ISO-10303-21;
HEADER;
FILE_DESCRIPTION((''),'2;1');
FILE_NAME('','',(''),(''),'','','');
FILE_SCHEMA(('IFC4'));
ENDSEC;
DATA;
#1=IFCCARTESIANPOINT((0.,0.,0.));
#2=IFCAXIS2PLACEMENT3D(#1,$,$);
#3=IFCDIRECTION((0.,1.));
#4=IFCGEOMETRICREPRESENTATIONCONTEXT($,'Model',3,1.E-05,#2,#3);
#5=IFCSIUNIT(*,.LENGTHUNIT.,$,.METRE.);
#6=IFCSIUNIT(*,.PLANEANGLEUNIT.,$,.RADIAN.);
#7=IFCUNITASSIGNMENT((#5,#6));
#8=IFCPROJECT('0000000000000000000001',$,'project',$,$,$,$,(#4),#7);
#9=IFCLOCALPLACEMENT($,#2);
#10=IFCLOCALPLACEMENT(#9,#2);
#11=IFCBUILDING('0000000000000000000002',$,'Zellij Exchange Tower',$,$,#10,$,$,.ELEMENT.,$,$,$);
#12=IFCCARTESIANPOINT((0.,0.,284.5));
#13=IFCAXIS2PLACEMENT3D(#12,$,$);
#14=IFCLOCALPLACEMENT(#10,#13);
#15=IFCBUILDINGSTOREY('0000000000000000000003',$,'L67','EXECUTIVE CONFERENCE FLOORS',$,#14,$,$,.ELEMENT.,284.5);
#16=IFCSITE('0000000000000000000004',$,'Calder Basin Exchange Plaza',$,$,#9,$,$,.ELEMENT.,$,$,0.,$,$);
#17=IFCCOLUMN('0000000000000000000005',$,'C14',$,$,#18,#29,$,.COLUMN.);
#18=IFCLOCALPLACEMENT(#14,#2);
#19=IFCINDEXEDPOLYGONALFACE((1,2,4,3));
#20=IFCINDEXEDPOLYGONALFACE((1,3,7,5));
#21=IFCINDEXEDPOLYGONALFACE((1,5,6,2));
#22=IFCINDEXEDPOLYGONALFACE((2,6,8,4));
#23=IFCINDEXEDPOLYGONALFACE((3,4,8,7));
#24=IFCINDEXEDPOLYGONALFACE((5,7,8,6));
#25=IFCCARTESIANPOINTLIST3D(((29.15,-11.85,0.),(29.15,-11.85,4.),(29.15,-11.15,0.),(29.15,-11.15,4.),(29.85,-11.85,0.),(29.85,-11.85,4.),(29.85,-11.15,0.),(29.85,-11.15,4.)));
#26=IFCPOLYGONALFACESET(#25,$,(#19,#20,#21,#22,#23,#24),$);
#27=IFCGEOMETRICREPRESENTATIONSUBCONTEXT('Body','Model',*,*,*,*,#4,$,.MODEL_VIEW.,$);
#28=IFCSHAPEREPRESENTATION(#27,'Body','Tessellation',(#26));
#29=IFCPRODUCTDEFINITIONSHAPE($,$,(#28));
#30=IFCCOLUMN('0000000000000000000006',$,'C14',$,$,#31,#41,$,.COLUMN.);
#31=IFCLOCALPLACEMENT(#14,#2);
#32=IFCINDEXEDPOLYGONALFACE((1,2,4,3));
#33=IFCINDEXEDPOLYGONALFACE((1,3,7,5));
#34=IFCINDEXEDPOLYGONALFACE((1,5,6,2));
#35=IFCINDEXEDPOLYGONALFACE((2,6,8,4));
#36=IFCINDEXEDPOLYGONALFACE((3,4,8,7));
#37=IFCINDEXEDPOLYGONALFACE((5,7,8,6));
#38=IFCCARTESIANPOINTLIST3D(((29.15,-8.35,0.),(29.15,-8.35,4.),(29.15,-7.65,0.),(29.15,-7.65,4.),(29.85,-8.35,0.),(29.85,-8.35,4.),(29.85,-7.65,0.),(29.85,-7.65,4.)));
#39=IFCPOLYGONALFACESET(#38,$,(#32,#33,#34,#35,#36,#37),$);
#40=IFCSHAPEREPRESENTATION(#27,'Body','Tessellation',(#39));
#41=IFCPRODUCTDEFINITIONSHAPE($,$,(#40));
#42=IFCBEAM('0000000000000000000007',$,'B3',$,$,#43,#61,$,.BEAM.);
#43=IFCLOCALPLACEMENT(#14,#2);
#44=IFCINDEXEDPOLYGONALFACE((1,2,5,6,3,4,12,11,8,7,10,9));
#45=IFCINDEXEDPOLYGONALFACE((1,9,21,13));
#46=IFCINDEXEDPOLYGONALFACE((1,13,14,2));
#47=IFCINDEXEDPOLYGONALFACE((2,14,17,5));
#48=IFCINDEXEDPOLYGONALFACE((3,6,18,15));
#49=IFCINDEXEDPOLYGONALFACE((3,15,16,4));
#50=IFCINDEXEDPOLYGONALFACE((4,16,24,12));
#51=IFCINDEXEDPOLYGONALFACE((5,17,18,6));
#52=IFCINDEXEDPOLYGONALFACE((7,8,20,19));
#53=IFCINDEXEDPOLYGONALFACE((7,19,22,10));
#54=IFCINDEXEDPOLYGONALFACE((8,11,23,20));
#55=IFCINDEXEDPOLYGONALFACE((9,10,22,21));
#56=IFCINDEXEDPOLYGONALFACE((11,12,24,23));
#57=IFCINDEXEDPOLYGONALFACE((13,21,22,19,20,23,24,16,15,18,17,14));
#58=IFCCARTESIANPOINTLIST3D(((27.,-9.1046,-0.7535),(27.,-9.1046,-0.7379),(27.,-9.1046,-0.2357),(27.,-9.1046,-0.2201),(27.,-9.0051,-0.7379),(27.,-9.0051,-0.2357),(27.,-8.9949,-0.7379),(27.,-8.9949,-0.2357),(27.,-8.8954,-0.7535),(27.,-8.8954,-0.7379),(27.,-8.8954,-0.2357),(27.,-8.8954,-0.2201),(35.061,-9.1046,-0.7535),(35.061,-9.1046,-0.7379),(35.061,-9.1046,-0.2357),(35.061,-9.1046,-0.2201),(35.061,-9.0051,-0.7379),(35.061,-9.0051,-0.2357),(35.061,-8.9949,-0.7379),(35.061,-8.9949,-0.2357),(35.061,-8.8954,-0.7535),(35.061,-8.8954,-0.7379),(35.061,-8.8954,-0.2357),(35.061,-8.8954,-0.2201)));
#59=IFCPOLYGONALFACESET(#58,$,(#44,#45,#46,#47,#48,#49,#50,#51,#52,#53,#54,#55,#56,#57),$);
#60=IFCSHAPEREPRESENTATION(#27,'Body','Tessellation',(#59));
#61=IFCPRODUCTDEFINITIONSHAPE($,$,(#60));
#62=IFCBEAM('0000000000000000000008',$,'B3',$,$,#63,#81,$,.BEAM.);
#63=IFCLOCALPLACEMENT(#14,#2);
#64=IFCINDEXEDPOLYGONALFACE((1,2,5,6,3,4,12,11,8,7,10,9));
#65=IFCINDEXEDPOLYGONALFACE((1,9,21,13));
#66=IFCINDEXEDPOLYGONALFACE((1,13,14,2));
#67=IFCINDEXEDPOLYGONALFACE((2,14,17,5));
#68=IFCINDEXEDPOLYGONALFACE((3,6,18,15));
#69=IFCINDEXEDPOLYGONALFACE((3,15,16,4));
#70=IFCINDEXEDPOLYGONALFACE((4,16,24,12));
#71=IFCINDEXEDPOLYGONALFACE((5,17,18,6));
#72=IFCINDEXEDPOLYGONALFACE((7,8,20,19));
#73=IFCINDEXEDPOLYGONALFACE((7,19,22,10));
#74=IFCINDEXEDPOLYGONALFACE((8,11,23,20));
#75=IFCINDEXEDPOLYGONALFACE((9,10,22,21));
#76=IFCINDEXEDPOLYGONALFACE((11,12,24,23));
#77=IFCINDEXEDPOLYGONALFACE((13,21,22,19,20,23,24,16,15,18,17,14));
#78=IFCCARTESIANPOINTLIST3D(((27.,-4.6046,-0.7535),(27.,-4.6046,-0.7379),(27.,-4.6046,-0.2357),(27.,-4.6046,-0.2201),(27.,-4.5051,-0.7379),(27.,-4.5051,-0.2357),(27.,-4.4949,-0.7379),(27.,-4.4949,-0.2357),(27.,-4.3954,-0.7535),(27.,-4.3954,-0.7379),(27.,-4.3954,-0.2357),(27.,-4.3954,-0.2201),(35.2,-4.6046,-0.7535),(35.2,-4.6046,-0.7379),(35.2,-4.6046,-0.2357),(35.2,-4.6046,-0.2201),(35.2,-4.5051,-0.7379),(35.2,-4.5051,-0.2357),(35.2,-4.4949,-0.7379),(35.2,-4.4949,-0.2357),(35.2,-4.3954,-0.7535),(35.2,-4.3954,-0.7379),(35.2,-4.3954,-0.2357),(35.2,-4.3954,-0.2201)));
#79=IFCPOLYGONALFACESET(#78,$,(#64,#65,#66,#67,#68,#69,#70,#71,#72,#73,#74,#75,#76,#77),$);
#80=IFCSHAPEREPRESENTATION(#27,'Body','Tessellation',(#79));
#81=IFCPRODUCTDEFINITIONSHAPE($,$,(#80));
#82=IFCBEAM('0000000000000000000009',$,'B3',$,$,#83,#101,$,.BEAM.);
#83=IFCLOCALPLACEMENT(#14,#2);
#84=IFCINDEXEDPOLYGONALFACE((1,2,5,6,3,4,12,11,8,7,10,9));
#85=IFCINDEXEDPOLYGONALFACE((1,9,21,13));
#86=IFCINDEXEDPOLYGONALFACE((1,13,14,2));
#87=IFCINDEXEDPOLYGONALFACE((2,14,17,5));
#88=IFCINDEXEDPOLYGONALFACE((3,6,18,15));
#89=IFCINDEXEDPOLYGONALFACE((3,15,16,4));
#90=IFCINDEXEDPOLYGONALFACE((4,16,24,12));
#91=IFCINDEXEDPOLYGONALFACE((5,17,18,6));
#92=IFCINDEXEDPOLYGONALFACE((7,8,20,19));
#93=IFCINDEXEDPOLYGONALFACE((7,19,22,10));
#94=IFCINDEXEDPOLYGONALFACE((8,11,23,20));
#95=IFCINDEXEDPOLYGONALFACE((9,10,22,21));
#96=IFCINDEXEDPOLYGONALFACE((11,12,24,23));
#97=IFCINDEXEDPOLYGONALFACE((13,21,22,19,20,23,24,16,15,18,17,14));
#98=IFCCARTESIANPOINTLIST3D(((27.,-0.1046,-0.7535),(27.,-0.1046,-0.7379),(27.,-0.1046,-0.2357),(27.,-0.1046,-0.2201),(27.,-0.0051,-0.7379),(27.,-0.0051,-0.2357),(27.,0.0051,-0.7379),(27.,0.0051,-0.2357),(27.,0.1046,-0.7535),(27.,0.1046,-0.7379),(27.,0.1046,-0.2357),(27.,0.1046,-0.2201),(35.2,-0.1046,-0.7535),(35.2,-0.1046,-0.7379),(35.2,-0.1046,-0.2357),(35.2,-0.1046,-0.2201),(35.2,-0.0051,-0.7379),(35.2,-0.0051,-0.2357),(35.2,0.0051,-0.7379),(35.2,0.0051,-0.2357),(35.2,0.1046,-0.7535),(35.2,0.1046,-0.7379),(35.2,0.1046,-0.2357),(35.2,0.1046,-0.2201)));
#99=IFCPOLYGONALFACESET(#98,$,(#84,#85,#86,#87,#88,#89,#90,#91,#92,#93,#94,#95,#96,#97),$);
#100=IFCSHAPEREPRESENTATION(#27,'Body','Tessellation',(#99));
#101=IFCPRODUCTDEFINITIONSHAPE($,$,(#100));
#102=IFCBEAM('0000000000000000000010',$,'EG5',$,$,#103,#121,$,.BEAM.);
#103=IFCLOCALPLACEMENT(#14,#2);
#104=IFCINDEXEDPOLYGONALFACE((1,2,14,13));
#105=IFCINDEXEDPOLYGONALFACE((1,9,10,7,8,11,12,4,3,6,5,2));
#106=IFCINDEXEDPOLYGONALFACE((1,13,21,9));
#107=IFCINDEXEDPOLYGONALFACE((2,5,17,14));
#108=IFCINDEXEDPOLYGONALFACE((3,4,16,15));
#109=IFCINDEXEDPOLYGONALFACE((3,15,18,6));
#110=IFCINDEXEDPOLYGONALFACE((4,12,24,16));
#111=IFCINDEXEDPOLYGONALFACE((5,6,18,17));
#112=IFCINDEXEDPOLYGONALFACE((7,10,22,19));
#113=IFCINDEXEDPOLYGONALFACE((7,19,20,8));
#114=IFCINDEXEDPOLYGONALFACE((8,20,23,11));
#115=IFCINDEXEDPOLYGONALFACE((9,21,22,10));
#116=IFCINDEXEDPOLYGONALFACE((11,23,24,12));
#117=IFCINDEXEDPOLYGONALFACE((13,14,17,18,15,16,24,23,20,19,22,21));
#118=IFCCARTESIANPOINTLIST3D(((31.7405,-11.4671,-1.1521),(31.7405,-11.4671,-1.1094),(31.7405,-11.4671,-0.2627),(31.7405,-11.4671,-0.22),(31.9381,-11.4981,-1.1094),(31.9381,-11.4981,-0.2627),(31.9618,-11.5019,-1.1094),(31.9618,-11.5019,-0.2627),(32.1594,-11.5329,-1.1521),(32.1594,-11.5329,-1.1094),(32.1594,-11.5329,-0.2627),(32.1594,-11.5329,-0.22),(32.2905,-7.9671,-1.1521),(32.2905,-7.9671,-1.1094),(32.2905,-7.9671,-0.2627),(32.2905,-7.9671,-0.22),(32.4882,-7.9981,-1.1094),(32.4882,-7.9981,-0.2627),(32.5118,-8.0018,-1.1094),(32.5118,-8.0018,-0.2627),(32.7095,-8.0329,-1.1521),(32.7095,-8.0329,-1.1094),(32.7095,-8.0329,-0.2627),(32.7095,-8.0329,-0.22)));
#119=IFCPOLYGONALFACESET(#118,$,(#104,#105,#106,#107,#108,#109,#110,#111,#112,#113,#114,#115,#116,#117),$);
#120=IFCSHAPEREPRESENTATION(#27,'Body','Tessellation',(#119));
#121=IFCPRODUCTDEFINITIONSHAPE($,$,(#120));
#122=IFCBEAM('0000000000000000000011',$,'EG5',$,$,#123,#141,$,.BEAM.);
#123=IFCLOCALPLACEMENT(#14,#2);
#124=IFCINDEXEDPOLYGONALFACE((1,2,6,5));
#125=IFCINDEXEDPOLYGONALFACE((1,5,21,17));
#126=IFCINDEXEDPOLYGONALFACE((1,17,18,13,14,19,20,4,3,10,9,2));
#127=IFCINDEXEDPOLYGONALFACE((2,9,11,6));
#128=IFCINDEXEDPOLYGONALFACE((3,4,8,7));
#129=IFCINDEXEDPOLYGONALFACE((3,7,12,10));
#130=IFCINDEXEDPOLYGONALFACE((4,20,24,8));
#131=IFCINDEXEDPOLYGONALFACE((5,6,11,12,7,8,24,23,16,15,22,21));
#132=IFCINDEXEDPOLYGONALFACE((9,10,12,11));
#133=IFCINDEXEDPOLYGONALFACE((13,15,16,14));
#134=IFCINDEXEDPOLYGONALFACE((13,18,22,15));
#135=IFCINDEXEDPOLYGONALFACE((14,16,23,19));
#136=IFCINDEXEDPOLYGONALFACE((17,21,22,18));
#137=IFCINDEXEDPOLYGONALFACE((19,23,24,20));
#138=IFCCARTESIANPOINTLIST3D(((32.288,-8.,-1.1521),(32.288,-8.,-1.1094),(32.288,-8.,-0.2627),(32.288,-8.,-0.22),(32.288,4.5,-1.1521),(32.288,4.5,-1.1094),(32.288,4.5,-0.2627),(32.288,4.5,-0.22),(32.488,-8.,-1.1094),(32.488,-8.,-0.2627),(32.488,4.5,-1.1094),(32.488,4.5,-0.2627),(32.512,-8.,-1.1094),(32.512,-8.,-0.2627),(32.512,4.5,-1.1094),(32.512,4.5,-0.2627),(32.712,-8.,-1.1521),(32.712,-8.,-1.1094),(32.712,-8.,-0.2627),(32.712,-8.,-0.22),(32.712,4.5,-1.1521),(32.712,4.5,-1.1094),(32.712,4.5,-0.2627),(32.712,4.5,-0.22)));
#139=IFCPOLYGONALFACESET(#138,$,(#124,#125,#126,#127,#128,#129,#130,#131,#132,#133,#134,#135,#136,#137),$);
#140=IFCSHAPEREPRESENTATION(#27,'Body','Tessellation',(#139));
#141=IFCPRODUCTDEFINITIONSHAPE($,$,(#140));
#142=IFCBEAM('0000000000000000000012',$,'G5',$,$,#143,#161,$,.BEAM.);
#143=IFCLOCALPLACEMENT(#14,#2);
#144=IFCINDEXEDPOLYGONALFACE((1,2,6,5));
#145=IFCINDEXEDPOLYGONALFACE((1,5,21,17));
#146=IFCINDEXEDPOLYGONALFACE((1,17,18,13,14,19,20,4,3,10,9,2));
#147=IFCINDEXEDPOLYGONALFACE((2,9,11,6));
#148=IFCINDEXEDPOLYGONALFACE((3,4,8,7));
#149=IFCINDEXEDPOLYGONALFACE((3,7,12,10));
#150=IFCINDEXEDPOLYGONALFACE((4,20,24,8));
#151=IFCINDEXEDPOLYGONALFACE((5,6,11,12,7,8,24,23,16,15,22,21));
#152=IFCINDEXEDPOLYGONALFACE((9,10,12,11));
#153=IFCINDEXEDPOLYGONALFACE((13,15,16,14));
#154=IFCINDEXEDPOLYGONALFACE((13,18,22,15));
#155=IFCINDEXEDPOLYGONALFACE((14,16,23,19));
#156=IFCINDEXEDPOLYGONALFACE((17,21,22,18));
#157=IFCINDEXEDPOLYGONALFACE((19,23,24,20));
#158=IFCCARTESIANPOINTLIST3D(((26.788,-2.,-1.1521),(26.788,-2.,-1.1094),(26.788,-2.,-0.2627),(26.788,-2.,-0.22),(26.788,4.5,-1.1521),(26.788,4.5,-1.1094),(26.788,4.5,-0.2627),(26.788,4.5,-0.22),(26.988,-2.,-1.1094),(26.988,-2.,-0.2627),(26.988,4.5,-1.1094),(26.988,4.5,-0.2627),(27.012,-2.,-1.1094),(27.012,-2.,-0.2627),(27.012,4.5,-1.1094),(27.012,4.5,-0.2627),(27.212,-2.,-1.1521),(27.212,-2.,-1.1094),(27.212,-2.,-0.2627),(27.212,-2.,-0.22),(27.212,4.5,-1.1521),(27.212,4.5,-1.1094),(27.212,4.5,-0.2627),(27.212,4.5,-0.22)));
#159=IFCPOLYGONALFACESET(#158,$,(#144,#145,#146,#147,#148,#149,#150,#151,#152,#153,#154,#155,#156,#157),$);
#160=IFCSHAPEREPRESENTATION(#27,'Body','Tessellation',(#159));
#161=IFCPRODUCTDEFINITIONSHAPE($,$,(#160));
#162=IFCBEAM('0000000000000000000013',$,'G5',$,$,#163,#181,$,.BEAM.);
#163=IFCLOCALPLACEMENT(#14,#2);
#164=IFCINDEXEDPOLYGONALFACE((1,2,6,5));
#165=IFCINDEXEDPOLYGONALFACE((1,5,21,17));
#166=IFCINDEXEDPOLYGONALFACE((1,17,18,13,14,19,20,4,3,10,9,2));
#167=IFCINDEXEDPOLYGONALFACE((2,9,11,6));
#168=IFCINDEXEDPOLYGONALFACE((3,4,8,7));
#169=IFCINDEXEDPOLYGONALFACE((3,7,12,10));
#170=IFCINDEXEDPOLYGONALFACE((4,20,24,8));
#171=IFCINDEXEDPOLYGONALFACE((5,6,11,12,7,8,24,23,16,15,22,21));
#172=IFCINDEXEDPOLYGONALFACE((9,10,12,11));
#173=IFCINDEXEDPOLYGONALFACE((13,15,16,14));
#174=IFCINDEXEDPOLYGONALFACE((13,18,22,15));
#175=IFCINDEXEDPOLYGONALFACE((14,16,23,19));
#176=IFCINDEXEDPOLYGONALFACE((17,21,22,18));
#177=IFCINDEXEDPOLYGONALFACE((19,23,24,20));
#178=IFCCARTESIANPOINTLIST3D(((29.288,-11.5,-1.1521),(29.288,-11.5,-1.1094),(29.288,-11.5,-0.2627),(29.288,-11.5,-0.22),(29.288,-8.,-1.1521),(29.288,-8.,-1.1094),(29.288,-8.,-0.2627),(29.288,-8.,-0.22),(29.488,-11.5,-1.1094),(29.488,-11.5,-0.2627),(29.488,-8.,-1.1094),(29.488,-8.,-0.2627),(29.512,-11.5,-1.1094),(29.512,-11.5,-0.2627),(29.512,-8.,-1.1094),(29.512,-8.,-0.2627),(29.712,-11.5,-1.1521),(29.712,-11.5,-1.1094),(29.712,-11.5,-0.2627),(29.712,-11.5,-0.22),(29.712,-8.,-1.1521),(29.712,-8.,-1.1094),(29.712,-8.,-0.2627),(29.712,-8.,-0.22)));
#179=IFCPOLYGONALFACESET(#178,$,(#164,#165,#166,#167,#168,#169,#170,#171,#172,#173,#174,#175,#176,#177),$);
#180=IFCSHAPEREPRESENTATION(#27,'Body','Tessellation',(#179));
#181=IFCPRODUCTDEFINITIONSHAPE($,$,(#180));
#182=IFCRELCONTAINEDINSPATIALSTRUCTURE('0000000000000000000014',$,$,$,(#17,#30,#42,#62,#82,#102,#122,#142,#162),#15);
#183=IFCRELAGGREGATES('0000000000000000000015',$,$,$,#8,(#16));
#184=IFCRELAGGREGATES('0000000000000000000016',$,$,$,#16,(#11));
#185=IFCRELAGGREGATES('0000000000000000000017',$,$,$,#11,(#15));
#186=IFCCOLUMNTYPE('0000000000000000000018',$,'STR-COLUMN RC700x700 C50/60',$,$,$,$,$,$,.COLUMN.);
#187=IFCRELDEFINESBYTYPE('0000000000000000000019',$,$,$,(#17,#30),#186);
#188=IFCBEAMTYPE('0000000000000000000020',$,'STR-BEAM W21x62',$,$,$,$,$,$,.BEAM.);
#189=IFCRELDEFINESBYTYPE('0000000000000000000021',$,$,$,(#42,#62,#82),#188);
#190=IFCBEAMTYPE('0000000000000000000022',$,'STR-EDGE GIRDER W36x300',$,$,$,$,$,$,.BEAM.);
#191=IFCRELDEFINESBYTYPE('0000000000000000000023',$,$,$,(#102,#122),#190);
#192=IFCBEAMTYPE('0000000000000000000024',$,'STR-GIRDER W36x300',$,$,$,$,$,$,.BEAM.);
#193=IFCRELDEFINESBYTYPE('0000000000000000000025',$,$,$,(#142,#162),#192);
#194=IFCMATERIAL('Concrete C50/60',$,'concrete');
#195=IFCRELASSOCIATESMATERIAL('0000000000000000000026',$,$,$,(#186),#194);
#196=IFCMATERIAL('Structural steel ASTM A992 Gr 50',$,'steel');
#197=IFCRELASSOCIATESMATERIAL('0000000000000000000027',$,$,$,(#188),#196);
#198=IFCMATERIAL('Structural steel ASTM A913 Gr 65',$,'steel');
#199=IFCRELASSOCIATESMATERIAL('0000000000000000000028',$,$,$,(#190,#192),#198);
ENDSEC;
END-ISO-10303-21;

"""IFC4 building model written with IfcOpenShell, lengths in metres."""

from ifc_helpers import new_model, si_unit, direction, frame, origin, origin_2d, place, context, subcontext, project, spatial, rectangle, i_section, extrude, material, material_profile, profile_set, type_object, element, save


model = new_model("IFC4")

# Units and contexts
model_context = context("Model", 3, precision=1e-05, world=origin(), true_north=direction((0.0, 1.0)))
body_context = subcontext(model_context, "Body", "Model", "MODEL_VIEW")
ifc_project = project(units=[si_unit("LENGTHUNIT", "METRE"), si_unit("PLANEANGLEUNIT", "RADIAN")], contexts=[model_context])

# Site, building, storey
site_placement = place(None, origin())
site = spatial("IfcSite", under=ifc_project, at=site_placement, Name="Calder Basin Exchange Plaza", CompositionType="ELEMENT", RefElevation=0.0)
building_placement = place(site_placement, origin())
building = spatial("IfcBuilding", under=site, at=building_placement, Name="Zellij Exchange Tower", CompositionType="ELEMENT")
storey_placement = place(building_placement, frame((0.0, 0.0, 284.5)))
storey = spatial("IfcBuildingStorey", under=building, at=storey_placement, Name="L67", Description="EXECUTIVE CONFERENCE FLOORS", CompositionType="ELEMENT", Elevation=284.5)

# Columns
ifc_material_1 = material(Name="Concrete C50/60", Category="concrete")
ifc_material_profile_1 = material_profile(ifc_material_1, rectangle(XDim=0.7, YDim=0.7, at=origin_2d()), Name="STR-COLUMN RC700x700 C50/60")
ifc_profile_set_1 = profile_set([ifc_material_profile_1], Name="Concrete C50/60")
column_type = type_object("IfcColumnType", Name="STR-COLUMN RC700x700 C50/60", PredefinedType="COLUMN", material=ifc_profile_set_1)
for number, where, z_axis, x_axis, name in (
    (1, (29.5, -11.5, 0.0), (0.0, 0.0, 1.0), (1.0, 0.0, 0.0), "C14"),
    (2, (29.5, -8.0, 0.0), (0.0, 0.0, 1.0), (1.0, 0.0, 0.0), "C14"),
):
    element("IfcColumn", number, at=place(storey_placement, frame(where, z_axis=z_axis, x_axis=x_axis)), inside=storey, type_object=column_type, Name=name, PredefinedType="COLUMN", context=body_context, shape_type="SweptSolid", body=[
        extrude(rectangle(XDim=0.7, YDim=0.7, at=origin_2d()), origin(), (0.0, 0.0, 1.0), 4.0),
    ])

# Beams
ifc_material_2 = material(Name="Structural steel ASTM A992 Gr 50", Category="steel")
ifc_material_profile_2 = material_profile(ifc_material_2, i_section(OverallWidth=0.2092, OverallDepth=0.5334, WebThickness=0.0103, FlangeThickness=0.0156, at=origin_2d()), Name="W21x62")
ifc_profile_set_2 = profile_set([ifc_material_profile_2], Name="Structural steel ASTM A992 Gr 50")
beam_type_1 = type_object("IfcBeamType", Name="STR-BEAM W21x62", PredefinedType="BEAM", material=ifc_profile_set_2)
beam_1_placement = place(storey_placement, frame((27.0, -9.0, -0.4868), z_axis=(1.0, 0.0, 0.0), x_axis=(0.0, 1.0, 0.0)))
element("IfcBeam", 3, at=beam_1_placement, inside=storey, type_object=beam_type_1, Name="B3", PredefinedType="BEAM", context=body_context, shape_type="SweptSolid", body=[
    extrude(i_section(OverallWidth=0.2092, OverallDepth=0.5334, WebThickness=0.0103, FlangeThickness=0.0156, at=origin_2d()), origin(), (0.0, 0.0, 1.0), 8.061),
])
for number, where, z_axis, x_axis, name in (
    (4, (27.0, -4.5, -0.4868), (1.0, 0.0, 0.0), (0.0, 1.0, 0.0), "B3"),
    (5, (27.0, 0.0, -0.4868), (1.0, 0.0, 0.0), (0.0, 1.0, 0.0), "B3"),
):
    element("IfcBeam", number, at=place(storey_placement, frame(where, z_axis=z_axis, x_axis=x_axis)), inside=storey, type_object=beam_type_1, Name=name, PredefinedType="BEAM", context=body_context, shape_type="SweptSolid", body=[
        extrude(i_section(OverallWidth=0.2092, OverallDepth=0.5334, WebThickness=0.0103, FlangeThickness=0.0156, at=origin_2d()), origin(), (0.0, 0.0, 1.0), 8.2),
    ])
ifc_material_3 = material(Name="Structural steel ASTM A913 Gr 65", Category="steel")
ifc_material_profile_3 = material_profile(ifc_material_3, i_section(OverallWidth=0.4241, OverallDepth=0.9321, WebThickness=0.0239, FlangeThickness=0.0427, at=origin_2d()), Name="W36x300")
ifc_profile_set_3 = profile_set([ifc_material_profile_3], Name="Structural steel ASTM A913 Gr 65")
beam_type_2 = type_object("IfcBeamType", Name="STR-EDGE GIRDER W36x300", PredefinedType="BEAM", material=ifc_profile_set_3)
beam_2_placement = place(storey_placement, frame((31.95, -11.5, -0.686), z_axis=(0.155251, 0.987875, 0.0), x_axis=(-0.987875, 0.155251, 0.0)))
element("IfcBeam", 6, at=beam_2_placement, inside=storey, type_object=beam_type_2, Name="EG5", PredefinedType="BEAM", context=body_context, shape_type="SweptSolid", body=[
    extrude(i_section(OverallWidth=0.4241, OverallDepth=0.9321, WebThickness=0.0239, FlangeThickness=0.0427, at=origin_2d()), origin(), (0.0, 0.0, 1.0), 3.543),
])
beam_3_placement = place(storey_placement, frame((32.5, -8.0, -0.686), z_axis=(0.0, 1.0, 0.0), x_axis=(-1.0, 0.0, 0.0)))
element("IfcBeam", 7, at=beam_3_placement, inside=storey, type_object=beam_type_2, Name="EG5", PredefinedType="BEAM", context=body_context, shape_type="SweptSolid", body=[
    extrude(i_section(OverallWidth=0.4241, OverallDepth=0.9321, WebThickness=0.0239, FlangeThickness=0.0427, at=origin_2d()), origin(), (0.0, 0.0, 1.0), 12.5),
])
ifc_material_profile_4 = material_profile(ifc_material_3, i_section(OverallWidth=0.4241, OverallDepth=0.9321, WebThickness=0.0239, FlangeThickness=0.0427, at=origin_2d()), Name="W36x300")
ifc_profile_set_4 = profile_set([ifc_material_profile_4], Name="Structural steel ASTM A913 Gr 65")
beam_type_3 = type_object("IfcBeamType", Name="STR-GIRDER W36x300", PredefinedType="BEAM", material=ifc_profile_set_4)
beam_4_placement = place(storey_placement, frame((27.0, -2.0, -0.686), z_axis=(0.0, 1.0, 0.0), x_axis=(-1.0, 0.0, 0.0)))
element("IfcBeam", 8, at=beam_4_placement, inside=storey, type_object=beam_type_3, Name="G5", PredefinedType="BEAM", context=body_context, shape_type="SweptSolid", body=[
    extrude(i_section(OverallWidth=0.4241, OverallDepth=0.9321, WebThickness=0.0239, FlangeThickness=0.0427, at=origin_2d()), origin(), (0.0, 0.0, 1.0), 6.5),
])
beam_5_placement = place(storey_placement, frame((29.5, -11.5, -0.686), z_axis=(0.0, 1.0, 0.0), x_axis=(-1.0, 0.0, 0.0)))
element("IfcBeam", 9, at=beam_5_placement, inside=storey, type_object=beam_type_3, Name="G5", PredefinedType="BEAM", context=body_context, shape_type="SweptSolid", body=[
    extrude(i_section(OverallWidth=0.4241, OverallDepth=0.9321, WebThickness=0.0239, FlangeThickness=0.0427, at=origin_2d()), origin(), (0.0, 0.0, 1.0), 3.5),
])

save(model, "model.ifc")
